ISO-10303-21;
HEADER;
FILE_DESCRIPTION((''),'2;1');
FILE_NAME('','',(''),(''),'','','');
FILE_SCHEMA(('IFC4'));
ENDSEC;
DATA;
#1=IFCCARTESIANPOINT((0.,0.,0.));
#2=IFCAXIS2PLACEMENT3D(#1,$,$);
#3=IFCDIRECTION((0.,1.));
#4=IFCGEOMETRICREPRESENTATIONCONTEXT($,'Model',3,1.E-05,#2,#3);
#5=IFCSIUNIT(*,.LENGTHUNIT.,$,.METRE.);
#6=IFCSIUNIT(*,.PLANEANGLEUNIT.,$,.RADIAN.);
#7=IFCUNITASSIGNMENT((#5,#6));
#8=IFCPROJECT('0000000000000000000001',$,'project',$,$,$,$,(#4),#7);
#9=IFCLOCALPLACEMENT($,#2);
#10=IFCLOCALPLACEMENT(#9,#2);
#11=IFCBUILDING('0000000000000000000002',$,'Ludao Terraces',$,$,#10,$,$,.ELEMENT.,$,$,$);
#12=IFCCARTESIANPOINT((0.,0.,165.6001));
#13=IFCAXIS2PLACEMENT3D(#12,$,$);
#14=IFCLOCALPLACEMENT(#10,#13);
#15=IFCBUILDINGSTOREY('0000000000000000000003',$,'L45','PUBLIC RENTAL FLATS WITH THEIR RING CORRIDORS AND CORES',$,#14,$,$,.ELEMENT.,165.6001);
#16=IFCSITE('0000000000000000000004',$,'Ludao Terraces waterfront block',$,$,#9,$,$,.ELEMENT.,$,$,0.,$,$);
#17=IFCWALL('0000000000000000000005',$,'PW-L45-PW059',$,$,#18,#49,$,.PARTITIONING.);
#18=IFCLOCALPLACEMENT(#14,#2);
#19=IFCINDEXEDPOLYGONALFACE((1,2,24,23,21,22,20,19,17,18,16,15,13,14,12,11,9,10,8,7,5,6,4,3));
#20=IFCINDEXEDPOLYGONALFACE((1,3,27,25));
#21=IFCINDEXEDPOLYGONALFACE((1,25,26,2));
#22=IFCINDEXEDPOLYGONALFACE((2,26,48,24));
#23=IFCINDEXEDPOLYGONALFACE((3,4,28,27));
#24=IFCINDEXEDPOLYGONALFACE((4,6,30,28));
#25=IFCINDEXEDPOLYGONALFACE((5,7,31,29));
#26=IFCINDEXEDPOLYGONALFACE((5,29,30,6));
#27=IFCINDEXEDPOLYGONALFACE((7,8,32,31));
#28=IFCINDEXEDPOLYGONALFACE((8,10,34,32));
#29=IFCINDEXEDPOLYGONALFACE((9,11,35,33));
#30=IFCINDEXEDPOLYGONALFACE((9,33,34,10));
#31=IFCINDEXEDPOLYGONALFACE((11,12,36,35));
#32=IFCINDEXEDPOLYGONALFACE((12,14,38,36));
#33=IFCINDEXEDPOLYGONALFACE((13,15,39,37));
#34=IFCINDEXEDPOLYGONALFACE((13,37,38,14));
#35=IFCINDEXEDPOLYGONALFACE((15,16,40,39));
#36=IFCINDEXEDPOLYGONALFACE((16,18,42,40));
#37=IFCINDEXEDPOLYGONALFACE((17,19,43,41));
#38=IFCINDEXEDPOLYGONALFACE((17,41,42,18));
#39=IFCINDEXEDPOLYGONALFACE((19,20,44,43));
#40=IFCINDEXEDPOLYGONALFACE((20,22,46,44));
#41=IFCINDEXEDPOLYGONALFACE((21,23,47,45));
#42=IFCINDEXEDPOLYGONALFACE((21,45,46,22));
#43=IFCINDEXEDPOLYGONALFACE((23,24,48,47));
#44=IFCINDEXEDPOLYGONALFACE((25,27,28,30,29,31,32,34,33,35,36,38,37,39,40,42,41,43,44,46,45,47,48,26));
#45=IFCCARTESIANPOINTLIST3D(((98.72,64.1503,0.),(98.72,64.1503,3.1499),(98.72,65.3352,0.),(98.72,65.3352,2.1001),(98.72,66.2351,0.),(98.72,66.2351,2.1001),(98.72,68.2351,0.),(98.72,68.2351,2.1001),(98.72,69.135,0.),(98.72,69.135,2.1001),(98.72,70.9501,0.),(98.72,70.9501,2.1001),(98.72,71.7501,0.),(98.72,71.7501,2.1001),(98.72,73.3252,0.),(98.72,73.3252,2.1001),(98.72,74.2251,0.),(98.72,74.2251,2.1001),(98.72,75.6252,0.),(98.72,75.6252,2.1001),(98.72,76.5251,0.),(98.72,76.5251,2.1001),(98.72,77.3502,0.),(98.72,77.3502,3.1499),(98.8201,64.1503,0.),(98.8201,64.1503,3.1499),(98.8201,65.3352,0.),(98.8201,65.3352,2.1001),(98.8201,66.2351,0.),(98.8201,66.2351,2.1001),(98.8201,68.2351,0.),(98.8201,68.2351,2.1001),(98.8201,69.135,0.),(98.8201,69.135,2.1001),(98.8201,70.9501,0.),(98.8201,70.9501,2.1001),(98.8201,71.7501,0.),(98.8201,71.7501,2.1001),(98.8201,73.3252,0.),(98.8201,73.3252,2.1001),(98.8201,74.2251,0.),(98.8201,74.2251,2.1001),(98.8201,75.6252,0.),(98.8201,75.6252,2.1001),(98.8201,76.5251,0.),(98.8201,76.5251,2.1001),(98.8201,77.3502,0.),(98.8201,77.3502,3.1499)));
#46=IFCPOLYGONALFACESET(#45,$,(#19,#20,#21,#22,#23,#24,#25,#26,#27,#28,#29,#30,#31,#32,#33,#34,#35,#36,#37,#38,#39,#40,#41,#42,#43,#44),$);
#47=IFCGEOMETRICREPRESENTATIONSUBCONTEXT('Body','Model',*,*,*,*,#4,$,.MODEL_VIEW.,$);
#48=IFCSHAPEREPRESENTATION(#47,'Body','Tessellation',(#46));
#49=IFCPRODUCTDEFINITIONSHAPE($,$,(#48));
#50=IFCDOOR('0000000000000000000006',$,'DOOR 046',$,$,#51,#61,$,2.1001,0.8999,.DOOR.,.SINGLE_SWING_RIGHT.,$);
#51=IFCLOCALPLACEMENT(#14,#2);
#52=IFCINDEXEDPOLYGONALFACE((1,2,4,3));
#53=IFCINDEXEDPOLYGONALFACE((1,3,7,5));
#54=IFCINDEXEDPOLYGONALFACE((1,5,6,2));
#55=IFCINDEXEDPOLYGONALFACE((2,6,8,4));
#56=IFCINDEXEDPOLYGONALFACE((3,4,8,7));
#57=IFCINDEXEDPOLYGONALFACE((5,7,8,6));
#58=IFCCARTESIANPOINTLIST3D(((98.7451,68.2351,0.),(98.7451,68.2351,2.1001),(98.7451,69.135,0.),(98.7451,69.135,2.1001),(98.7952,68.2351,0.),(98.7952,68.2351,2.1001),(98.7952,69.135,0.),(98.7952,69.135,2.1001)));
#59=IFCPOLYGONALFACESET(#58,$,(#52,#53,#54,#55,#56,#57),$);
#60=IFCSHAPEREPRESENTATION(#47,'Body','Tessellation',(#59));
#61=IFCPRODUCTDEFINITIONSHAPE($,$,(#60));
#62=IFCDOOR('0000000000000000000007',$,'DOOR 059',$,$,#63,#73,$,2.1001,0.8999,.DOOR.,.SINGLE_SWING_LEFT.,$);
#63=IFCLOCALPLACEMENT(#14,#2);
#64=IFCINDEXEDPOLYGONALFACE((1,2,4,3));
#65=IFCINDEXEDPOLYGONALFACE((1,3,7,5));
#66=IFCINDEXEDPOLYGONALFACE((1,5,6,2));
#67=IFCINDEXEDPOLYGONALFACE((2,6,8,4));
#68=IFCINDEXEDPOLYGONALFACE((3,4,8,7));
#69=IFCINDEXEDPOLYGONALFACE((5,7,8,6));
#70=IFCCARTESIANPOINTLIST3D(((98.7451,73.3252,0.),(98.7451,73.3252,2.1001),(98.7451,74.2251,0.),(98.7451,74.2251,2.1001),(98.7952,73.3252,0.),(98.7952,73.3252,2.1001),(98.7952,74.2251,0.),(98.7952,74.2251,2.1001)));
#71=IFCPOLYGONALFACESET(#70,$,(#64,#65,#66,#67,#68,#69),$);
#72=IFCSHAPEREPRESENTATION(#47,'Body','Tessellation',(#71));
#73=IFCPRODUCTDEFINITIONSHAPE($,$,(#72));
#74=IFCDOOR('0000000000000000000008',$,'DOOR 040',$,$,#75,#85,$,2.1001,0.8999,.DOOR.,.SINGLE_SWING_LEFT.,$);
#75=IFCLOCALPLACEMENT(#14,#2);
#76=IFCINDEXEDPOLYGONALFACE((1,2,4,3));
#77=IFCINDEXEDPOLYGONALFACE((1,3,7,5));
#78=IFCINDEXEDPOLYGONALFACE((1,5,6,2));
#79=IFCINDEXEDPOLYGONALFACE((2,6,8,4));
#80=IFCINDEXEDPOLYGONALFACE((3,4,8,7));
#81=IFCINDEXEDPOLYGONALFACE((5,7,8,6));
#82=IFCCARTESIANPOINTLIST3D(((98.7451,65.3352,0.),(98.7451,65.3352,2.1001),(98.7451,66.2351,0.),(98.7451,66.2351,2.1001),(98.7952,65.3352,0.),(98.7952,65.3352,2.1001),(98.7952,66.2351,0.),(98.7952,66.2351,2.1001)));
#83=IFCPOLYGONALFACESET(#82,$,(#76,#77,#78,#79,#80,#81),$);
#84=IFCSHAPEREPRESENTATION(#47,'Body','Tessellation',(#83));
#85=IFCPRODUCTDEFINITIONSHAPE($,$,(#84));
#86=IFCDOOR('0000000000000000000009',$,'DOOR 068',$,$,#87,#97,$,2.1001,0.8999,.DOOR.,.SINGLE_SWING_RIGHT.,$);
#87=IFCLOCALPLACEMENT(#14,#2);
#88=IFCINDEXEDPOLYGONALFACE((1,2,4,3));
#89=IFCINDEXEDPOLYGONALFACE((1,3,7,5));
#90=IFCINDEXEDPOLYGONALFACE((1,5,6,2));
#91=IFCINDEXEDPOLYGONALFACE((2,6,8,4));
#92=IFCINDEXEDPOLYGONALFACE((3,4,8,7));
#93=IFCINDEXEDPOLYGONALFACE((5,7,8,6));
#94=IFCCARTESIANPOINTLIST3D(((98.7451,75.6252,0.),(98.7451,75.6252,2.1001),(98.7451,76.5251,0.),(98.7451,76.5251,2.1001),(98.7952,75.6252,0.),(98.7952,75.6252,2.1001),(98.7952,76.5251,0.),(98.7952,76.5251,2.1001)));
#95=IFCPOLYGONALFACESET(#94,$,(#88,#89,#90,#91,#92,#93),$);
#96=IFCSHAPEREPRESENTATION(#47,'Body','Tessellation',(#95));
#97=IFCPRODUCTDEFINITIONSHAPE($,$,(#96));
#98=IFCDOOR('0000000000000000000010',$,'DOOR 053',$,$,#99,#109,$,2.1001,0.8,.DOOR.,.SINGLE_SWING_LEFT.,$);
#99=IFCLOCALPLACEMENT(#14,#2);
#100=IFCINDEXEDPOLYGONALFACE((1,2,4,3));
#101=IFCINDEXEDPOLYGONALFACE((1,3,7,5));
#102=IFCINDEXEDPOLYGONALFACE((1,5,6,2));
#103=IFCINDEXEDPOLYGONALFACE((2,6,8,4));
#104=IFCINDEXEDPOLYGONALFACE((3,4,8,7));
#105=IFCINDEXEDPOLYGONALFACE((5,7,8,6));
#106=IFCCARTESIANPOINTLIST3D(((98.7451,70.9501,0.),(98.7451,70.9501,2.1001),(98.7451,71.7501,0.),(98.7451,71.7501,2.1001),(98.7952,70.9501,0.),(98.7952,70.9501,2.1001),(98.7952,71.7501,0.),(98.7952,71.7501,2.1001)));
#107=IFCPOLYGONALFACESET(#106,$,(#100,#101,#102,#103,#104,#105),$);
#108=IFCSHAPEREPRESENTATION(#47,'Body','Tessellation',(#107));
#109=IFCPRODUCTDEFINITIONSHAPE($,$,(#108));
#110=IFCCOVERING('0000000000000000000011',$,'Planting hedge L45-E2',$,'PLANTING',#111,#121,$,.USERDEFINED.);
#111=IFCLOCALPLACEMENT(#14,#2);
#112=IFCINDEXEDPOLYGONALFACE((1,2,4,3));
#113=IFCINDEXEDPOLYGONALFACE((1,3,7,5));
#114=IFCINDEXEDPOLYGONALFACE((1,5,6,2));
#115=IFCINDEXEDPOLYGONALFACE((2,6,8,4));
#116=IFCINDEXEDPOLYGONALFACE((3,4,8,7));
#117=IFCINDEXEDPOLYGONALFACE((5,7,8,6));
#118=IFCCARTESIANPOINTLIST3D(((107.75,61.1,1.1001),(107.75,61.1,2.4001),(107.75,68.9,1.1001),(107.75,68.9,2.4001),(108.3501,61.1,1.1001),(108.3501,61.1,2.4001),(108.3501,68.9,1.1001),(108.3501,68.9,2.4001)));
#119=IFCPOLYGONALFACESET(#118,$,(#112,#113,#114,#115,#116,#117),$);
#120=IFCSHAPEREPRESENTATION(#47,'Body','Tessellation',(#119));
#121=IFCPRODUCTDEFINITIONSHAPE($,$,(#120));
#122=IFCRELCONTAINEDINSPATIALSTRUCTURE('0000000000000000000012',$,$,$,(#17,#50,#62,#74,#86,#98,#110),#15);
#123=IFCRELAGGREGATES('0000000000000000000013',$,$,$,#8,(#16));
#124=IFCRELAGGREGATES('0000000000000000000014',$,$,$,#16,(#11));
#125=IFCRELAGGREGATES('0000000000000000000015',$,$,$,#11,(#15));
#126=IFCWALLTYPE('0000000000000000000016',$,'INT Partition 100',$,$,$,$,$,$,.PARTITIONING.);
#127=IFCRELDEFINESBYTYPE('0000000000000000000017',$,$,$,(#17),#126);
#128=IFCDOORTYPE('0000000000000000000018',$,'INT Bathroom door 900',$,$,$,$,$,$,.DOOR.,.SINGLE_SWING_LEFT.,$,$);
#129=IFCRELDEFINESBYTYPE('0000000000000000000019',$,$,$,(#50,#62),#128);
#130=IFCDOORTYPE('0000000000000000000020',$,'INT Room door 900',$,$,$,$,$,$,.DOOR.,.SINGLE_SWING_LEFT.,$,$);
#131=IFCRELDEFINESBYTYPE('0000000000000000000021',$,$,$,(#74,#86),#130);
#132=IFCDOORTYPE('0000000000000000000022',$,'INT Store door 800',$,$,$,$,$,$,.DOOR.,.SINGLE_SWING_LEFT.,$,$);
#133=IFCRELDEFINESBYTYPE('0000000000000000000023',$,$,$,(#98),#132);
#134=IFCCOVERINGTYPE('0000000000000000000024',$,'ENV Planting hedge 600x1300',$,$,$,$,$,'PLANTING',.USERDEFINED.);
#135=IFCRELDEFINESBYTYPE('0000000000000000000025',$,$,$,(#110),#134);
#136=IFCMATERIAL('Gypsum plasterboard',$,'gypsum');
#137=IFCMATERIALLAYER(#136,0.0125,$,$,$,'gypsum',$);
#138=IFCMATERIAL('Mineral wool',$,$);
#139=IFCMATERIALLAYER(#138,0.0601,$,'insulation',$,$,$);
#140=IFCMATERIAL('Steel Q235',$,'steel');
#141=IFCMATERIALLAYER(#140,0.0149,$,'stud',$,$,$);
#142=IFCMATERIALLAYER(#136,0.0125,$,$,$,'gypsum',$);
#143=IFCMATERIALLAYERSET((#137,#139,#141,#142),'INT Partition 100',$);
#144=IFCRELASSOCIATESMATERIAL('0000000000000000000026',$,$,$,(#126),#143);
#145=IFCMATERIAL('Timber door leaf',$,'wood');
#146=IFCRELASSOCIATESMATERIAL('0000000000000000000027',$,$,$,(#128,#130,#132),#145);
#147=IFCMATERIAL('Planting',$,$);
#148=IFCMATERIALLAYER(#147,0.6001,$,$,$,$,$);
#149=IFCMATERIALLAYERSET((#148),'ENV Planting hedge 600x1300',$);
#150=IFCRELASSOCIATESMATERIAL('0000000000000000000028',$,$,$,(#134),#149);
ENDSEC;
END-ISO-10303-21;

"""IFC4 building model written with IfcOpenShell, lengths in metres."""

from ifc_helpers import new_model, si_unit, direction, frame, frame_2d, origin, origin_2d, place, context, subcontext, project, spatial, rectangle, extrude, material, layer, layer_set, type_object, element, fill, save


model = new_model("IFC4")

# Units and contexts
model_context = context("Model", 3, precision=1e-05, world=origin(), true_north=direction((0.0, 1.0)))
body_context = subcontext(model_context, "Body", "Model", "MODEL_VIEW")
ifc_project = project(units=[si_unit("LENGTHUNIT", "METRE"), si_unit("PLANEANGLEUNIT", "RADIAN")], contexts=[model_context])

# Site, building, storey
site_placement = place(None, origin())
site = spatial("IfcSite", under=ifc_project, at=site_placement, Name="Ludao Terraces waterfront block", CompositionType="ELEMENT", RefElevation=0.0)
building_placement = place(site_placement, origin())
building = spatial("IfcBuilding", under=site, at=building_placement, Name="Ludao Terraces", CompositionType="ELEMENT")
storey_placement = place(building_placement, frame((0.0, 0.0, 165.6001)))
storey = spatial("IfcBuildingStorey", under=building, at=storey_placement, Name="L45", Description="PUBLIC RENTAL FLATS WITH THEIR RING CORRIDORS AND CORES", CompositionType="ELEMENT", Elevation=165.6001)

# Shared definitions
ifc_material_1 = material(Name="Mineral wool")

# Wall, openings, doors
ifc_material_2 = material(Name="Gypsum plasterboard", Category="gypsum")
ifc_layer_1 = layer(ifc_material_2, 0.0125, Category="gypsum")
ifc_layer_2 = layer(ifc_material_1, 0.0601, Name="insulation")
ifc_material_3 = material(Name="Steel Q235", Category="steel")
ifc_layer_3 = layer(ifc_material_3, 0.0149, Name="stud")
ifc_layer_4 = layer(ifc_material_2, 0.0125, Category="gypsum")
ifc_layer_set_1 = layer_set([ifc_layer_1, ifc_layer_2, ifc_layer_3, ifc_layer_4], Name="INT Partition 100")
wall_type_1 = type_object("IfcWallType", Name="INT Partition 100", PredefinedType="PARTITIONING", material=ifc_layer_set_1)
wall_1_placement = place(storey_placement, frame((98.77, 64.1501, 0.0), z_axis=(0.0, 0.0, 1.0), x_axis=(0.0, 1.0, 0.0)))
wall_1 = element("IfcWall", 1, at=wall_1_placement, inside=storey, type_object=wall_type_1, Name="PW-L45-PW059", PredefinedType="PARTITIONING", context=body_context, shape_type="SweptSolid", body=[
    extrude(rectangle(XDim=13.2, YDim=0.1001, at=frame_2d((6.6001, 0.0))), origin(), (0.0, 0.0, 1.0), 3.1499),
])
opening_1_placement = place(wall_1_placement, frame((1.1851, 0.0, 0.0)))
opening_1 = element("IfcOpeningElement", 2, at=opening_1_placement, cuts=wall_1, PredefinedType="OPENING", context=body_context, shape_type="SweptSolid", body=[
    extrude(rectangle(XDim=0.8999, YDim=2.1001, at=frame_2d((0.45, 1.05))), frame((0.0, 0.0601, 0.0), z_axis=(0.0, -1.0, 0.0), x_axis=(1.0, 0.0, 0.0)), (0.0, 0.0, 1.0), 0.1201),
])
opening_2_placement = place(wall_1_placement, frame((4.085, 0.0, 0.0)))
opening_2 = element("IfcOpeningElement", 3, at=opening_2_placement, cuts=wall_1, PredefinedType="OPENING", context=body_context, shape_type="SweptSolid", body=[
    extrude(rectangle(XDim=0.8999, YDim=2.1001, at=frame_2d((0.45, 1.05))), frame((0.0, 0.0601, 0.0), z_axis=(0.0, -1.0, 0.0), x_axis=(1.0, 0.0, 0.0)), (0.0, 0.0, 1.0), 0.1201),
])
opening_3_placement = place(wall_1_placement, frame((6.8, 0.0, 0.0)))
opening_3 = element("IfcOpeningElement", 4, at=opening_3_placement, cuts=wall_1, PredefinedType="OPENING", context=body_context, shape_type="SweptSolid", body=[
    extrude(rectangle(XDim=0.8, YDim=2.1001, at=frame_2d((0.3999, 1.05))), frame((0.0, 0.0601, 0.0), z_axis=(0.0, -1.0, 0.0), x_axis=(1.0, 0.0, 0.0)), (0.0, 0.0, 1.0), 0.1201),
])
opening_4_placement = place(wall_1_placement, frame((9.175, 0.0, 0.0)))
opening_4 = element("IfcOpeningElement", 5, at=opening_4_placement, cuts=wall_1, PredefinedType="OPENING", context=body_context, shape_type="SweptSolid", body=[
    extrude(rectangle(XDim=0.8999, YDim=2.1001, at=frame_2d((0.45, 1.05))), frame((0.0, 0.0601, 0.0), z_axis=(0.0, -1.0, 0.0), x_axis=(1.0, 0.0, 0.0)), (0.0, 0.0, 1.0), 0.1201),
])
opening_5_placement = place(wall_1_placement, frame((11.4751, 0.0, 0.0)))
opening_5 = element("IfcOpeningElement", 6, at=opening_5_placement, cuts=wall_1, PredefinedType="OPENING", context=body_context, shape_type="SweptSolid", body=[
    extrude(rectangle(XDim=0.8999, YDim=2.1001, at=frame_2d((0.45, 1.05))), frame((0.0, 0.0601, 0.0), z_axis=(0.0, -1.0, 0.0), x_axis=(1.0, 0.0, 0.0)), (0.0, 0.0, 1.0), 0.1201),
])
ifc_material_4 = material(Name="Timber door leaf", Category="wood")
door_type_1 = type_object("IfcDoorType", Name="INT Bathroom door 900", OperationType="SINGLE_SWING_LEFT", PredefinedType="DOOR", material=ifc_material_4)
door_1_placement = place(opening_2_placement, origin())
door_1 = element("IfcDoor", 7, at=door_1_placement, inside=storey, type_object=door_type_1, Name="DOOR 046", OperationType="SINGLE_SWING_RIGHT", OverallHeight=2.1001, OverallWidth=0.8999, PredefinedType="DOOR", context=body_context, shape_type="SweptSolid", body=[
    extrude(rectangle(XDim=0.8999, YDim=2.1001, at=frame_2d((0.45, 1.05))), frame((0.0, 0.0249, 0.0), z_axis=(0.0, -1.0, 0.0), x_axis=(1.0, 0.0, 0.0)), (0.0, 0.0, 1.0), 0.05),
])
fill(opening_2, door_1)
door_2_placement = place(opening_4_placement, origin())
door_2 = element("IfcDoor", 8, at=door_2_placement, inside=storey, type_object=door_type_1, Name="DOOR 059", OperationType="SINGLE_SWING_LEFT", OverallHeight=2.1001, OverallWidth=0.8999, PredefinedType="DOOR", context=body_context, shape_type="SweptSolid", body=[
    extrude(rectangle(XDim=0.8999, YDim=2.1001, at=frame_2d((0.45, 1.05))), frame((0.0, 0.0249, 0.0), z_axis=(0.0, -1.0, 0.0), x_axis=(1.0, 0.0, 0.0)), (0.0, 0.0, 1.0), 0.05),
])
fill(opening_4, door_2)
door_type_2 = type_object("IfcDoorType", Name="INT Room door 900", OperationType="SINGLE_SWING_LEFT", PredefinedType="DOOR", material=ifc_material_4)
door_3_placement = place(opening_1_placement, origin())
door_3 = element("IfcDoor", 9, at=door_3_placement, inside=storey, type_object=door_type_2, Name="DOOR 040", OperationType="SINGLE_SWING_LEFT", OverallHeight=2.1001, OverallWidth=0.8999, PredefinedType="DOOR", context=body_context, shape_type="SweptSolid", body=[
    extrude(rectangle(XDim=0.8999, YDim=2.1001, at=frame_2d((0.45, 1.05))), frame((0.0, 0.0249, 0.0), z_axis=(0.0, -1.0, 0.0), x_axis=(1.0, 0.0, 0.0)), (0.0, 0.0, 1.0), 0.05),
])
fill(opening_1, door_3)
door_4_placement = place(opening_5_placement, origin())
door_4 = element("IfcDoor", 10, at=door_4_placement, inside=storey, type_object=door_type_2, Name="DOOR 068", OperationType="SINGLE_SWING_RIGHT", OverallHeight=2.1001, OverallWidth=0.8999, PredefinedType="DOOR", context=body_context, shape_type="SweptSolid", body=[
    extrude(rectangle(XDim=0.8999, YDim=2.1001, at=frame_2d((0.45, 1.05))), frame((0.0, 0.0249, 0.0), z_axis=(0.0, -1.0, 0.0), x_axis=(1.0, 0.0, 0.0)), (0.0, 0.0, 1.0), 0.05),
])
fill(opening_5, door_4)
door_type_3 = type_object("IfcDoorType", Name="INT Store door 800", OperationType="SINGLE_SWING_LEFT", PredefinedType="DOOR", material=ifc_material_4)
door_5_placement = place(opening_3_placement, origin())
door_5 = element("IfcDoor", 11, at=door_5_placement, inside=storey, type_object=door_type_3, Name="DOOR 053", OperationType="SINGLE_SWING_LEFT", OverallHeight=2.1001, OverallWidth=0.8, PredefinedType="DOOR", context=body_context, shape_type="SweptSolid", body=[
    extrude(rectangle(XDim=0.8, YDim=2.1001, at=frame_2d((0.3999, 1.05))), frame((0.0, 0.0249, 0.0), z_axis=(0.0, -1.0, 0.0), x_axis=(1.0, 0.0, 0.0)), (0.0, 0.0, 1.0), 0.05),
])
fill(opening_3, door_5)

# Covering
ifc_material_5 = material(Name="Planting")
ifc_layer_5 = layer(ifc_material_5, 0.6001)
ifc_layer_set_2 = layer_set([ifc_layer_5], Name="ENV Planting hedge 600x1300")
covering_type = type_object("IfcCoveringType", Name="ENV Planting hedge 600x1300", ElementType="PLANTING", PredefinedType="USERDEFINED", material=ifc_layer_set_2)
covering_placement = place(storey_placement, frame((108.05, 65.0, 1.1001), z_axis=(0.0, 0.0, 1.0), x_axis=(1.0, 0.0, 0.0)))
element("IfcCovering", 12, at=covering_placement, inside=storey, type_object=covering_type, Name="Planting hedge L45-E2", ObjectType="PLANTING", PredefinedType="USERDEFINED", context=body_context, shape_type="SweptSolid", body=[
    extrude(rectangle(XDim=0.6001, YDim=7.8, at=origin_2d()), origin(), (0.0, 0.0, 1.0), 1.3),
])

save(model, "model.ifc")
